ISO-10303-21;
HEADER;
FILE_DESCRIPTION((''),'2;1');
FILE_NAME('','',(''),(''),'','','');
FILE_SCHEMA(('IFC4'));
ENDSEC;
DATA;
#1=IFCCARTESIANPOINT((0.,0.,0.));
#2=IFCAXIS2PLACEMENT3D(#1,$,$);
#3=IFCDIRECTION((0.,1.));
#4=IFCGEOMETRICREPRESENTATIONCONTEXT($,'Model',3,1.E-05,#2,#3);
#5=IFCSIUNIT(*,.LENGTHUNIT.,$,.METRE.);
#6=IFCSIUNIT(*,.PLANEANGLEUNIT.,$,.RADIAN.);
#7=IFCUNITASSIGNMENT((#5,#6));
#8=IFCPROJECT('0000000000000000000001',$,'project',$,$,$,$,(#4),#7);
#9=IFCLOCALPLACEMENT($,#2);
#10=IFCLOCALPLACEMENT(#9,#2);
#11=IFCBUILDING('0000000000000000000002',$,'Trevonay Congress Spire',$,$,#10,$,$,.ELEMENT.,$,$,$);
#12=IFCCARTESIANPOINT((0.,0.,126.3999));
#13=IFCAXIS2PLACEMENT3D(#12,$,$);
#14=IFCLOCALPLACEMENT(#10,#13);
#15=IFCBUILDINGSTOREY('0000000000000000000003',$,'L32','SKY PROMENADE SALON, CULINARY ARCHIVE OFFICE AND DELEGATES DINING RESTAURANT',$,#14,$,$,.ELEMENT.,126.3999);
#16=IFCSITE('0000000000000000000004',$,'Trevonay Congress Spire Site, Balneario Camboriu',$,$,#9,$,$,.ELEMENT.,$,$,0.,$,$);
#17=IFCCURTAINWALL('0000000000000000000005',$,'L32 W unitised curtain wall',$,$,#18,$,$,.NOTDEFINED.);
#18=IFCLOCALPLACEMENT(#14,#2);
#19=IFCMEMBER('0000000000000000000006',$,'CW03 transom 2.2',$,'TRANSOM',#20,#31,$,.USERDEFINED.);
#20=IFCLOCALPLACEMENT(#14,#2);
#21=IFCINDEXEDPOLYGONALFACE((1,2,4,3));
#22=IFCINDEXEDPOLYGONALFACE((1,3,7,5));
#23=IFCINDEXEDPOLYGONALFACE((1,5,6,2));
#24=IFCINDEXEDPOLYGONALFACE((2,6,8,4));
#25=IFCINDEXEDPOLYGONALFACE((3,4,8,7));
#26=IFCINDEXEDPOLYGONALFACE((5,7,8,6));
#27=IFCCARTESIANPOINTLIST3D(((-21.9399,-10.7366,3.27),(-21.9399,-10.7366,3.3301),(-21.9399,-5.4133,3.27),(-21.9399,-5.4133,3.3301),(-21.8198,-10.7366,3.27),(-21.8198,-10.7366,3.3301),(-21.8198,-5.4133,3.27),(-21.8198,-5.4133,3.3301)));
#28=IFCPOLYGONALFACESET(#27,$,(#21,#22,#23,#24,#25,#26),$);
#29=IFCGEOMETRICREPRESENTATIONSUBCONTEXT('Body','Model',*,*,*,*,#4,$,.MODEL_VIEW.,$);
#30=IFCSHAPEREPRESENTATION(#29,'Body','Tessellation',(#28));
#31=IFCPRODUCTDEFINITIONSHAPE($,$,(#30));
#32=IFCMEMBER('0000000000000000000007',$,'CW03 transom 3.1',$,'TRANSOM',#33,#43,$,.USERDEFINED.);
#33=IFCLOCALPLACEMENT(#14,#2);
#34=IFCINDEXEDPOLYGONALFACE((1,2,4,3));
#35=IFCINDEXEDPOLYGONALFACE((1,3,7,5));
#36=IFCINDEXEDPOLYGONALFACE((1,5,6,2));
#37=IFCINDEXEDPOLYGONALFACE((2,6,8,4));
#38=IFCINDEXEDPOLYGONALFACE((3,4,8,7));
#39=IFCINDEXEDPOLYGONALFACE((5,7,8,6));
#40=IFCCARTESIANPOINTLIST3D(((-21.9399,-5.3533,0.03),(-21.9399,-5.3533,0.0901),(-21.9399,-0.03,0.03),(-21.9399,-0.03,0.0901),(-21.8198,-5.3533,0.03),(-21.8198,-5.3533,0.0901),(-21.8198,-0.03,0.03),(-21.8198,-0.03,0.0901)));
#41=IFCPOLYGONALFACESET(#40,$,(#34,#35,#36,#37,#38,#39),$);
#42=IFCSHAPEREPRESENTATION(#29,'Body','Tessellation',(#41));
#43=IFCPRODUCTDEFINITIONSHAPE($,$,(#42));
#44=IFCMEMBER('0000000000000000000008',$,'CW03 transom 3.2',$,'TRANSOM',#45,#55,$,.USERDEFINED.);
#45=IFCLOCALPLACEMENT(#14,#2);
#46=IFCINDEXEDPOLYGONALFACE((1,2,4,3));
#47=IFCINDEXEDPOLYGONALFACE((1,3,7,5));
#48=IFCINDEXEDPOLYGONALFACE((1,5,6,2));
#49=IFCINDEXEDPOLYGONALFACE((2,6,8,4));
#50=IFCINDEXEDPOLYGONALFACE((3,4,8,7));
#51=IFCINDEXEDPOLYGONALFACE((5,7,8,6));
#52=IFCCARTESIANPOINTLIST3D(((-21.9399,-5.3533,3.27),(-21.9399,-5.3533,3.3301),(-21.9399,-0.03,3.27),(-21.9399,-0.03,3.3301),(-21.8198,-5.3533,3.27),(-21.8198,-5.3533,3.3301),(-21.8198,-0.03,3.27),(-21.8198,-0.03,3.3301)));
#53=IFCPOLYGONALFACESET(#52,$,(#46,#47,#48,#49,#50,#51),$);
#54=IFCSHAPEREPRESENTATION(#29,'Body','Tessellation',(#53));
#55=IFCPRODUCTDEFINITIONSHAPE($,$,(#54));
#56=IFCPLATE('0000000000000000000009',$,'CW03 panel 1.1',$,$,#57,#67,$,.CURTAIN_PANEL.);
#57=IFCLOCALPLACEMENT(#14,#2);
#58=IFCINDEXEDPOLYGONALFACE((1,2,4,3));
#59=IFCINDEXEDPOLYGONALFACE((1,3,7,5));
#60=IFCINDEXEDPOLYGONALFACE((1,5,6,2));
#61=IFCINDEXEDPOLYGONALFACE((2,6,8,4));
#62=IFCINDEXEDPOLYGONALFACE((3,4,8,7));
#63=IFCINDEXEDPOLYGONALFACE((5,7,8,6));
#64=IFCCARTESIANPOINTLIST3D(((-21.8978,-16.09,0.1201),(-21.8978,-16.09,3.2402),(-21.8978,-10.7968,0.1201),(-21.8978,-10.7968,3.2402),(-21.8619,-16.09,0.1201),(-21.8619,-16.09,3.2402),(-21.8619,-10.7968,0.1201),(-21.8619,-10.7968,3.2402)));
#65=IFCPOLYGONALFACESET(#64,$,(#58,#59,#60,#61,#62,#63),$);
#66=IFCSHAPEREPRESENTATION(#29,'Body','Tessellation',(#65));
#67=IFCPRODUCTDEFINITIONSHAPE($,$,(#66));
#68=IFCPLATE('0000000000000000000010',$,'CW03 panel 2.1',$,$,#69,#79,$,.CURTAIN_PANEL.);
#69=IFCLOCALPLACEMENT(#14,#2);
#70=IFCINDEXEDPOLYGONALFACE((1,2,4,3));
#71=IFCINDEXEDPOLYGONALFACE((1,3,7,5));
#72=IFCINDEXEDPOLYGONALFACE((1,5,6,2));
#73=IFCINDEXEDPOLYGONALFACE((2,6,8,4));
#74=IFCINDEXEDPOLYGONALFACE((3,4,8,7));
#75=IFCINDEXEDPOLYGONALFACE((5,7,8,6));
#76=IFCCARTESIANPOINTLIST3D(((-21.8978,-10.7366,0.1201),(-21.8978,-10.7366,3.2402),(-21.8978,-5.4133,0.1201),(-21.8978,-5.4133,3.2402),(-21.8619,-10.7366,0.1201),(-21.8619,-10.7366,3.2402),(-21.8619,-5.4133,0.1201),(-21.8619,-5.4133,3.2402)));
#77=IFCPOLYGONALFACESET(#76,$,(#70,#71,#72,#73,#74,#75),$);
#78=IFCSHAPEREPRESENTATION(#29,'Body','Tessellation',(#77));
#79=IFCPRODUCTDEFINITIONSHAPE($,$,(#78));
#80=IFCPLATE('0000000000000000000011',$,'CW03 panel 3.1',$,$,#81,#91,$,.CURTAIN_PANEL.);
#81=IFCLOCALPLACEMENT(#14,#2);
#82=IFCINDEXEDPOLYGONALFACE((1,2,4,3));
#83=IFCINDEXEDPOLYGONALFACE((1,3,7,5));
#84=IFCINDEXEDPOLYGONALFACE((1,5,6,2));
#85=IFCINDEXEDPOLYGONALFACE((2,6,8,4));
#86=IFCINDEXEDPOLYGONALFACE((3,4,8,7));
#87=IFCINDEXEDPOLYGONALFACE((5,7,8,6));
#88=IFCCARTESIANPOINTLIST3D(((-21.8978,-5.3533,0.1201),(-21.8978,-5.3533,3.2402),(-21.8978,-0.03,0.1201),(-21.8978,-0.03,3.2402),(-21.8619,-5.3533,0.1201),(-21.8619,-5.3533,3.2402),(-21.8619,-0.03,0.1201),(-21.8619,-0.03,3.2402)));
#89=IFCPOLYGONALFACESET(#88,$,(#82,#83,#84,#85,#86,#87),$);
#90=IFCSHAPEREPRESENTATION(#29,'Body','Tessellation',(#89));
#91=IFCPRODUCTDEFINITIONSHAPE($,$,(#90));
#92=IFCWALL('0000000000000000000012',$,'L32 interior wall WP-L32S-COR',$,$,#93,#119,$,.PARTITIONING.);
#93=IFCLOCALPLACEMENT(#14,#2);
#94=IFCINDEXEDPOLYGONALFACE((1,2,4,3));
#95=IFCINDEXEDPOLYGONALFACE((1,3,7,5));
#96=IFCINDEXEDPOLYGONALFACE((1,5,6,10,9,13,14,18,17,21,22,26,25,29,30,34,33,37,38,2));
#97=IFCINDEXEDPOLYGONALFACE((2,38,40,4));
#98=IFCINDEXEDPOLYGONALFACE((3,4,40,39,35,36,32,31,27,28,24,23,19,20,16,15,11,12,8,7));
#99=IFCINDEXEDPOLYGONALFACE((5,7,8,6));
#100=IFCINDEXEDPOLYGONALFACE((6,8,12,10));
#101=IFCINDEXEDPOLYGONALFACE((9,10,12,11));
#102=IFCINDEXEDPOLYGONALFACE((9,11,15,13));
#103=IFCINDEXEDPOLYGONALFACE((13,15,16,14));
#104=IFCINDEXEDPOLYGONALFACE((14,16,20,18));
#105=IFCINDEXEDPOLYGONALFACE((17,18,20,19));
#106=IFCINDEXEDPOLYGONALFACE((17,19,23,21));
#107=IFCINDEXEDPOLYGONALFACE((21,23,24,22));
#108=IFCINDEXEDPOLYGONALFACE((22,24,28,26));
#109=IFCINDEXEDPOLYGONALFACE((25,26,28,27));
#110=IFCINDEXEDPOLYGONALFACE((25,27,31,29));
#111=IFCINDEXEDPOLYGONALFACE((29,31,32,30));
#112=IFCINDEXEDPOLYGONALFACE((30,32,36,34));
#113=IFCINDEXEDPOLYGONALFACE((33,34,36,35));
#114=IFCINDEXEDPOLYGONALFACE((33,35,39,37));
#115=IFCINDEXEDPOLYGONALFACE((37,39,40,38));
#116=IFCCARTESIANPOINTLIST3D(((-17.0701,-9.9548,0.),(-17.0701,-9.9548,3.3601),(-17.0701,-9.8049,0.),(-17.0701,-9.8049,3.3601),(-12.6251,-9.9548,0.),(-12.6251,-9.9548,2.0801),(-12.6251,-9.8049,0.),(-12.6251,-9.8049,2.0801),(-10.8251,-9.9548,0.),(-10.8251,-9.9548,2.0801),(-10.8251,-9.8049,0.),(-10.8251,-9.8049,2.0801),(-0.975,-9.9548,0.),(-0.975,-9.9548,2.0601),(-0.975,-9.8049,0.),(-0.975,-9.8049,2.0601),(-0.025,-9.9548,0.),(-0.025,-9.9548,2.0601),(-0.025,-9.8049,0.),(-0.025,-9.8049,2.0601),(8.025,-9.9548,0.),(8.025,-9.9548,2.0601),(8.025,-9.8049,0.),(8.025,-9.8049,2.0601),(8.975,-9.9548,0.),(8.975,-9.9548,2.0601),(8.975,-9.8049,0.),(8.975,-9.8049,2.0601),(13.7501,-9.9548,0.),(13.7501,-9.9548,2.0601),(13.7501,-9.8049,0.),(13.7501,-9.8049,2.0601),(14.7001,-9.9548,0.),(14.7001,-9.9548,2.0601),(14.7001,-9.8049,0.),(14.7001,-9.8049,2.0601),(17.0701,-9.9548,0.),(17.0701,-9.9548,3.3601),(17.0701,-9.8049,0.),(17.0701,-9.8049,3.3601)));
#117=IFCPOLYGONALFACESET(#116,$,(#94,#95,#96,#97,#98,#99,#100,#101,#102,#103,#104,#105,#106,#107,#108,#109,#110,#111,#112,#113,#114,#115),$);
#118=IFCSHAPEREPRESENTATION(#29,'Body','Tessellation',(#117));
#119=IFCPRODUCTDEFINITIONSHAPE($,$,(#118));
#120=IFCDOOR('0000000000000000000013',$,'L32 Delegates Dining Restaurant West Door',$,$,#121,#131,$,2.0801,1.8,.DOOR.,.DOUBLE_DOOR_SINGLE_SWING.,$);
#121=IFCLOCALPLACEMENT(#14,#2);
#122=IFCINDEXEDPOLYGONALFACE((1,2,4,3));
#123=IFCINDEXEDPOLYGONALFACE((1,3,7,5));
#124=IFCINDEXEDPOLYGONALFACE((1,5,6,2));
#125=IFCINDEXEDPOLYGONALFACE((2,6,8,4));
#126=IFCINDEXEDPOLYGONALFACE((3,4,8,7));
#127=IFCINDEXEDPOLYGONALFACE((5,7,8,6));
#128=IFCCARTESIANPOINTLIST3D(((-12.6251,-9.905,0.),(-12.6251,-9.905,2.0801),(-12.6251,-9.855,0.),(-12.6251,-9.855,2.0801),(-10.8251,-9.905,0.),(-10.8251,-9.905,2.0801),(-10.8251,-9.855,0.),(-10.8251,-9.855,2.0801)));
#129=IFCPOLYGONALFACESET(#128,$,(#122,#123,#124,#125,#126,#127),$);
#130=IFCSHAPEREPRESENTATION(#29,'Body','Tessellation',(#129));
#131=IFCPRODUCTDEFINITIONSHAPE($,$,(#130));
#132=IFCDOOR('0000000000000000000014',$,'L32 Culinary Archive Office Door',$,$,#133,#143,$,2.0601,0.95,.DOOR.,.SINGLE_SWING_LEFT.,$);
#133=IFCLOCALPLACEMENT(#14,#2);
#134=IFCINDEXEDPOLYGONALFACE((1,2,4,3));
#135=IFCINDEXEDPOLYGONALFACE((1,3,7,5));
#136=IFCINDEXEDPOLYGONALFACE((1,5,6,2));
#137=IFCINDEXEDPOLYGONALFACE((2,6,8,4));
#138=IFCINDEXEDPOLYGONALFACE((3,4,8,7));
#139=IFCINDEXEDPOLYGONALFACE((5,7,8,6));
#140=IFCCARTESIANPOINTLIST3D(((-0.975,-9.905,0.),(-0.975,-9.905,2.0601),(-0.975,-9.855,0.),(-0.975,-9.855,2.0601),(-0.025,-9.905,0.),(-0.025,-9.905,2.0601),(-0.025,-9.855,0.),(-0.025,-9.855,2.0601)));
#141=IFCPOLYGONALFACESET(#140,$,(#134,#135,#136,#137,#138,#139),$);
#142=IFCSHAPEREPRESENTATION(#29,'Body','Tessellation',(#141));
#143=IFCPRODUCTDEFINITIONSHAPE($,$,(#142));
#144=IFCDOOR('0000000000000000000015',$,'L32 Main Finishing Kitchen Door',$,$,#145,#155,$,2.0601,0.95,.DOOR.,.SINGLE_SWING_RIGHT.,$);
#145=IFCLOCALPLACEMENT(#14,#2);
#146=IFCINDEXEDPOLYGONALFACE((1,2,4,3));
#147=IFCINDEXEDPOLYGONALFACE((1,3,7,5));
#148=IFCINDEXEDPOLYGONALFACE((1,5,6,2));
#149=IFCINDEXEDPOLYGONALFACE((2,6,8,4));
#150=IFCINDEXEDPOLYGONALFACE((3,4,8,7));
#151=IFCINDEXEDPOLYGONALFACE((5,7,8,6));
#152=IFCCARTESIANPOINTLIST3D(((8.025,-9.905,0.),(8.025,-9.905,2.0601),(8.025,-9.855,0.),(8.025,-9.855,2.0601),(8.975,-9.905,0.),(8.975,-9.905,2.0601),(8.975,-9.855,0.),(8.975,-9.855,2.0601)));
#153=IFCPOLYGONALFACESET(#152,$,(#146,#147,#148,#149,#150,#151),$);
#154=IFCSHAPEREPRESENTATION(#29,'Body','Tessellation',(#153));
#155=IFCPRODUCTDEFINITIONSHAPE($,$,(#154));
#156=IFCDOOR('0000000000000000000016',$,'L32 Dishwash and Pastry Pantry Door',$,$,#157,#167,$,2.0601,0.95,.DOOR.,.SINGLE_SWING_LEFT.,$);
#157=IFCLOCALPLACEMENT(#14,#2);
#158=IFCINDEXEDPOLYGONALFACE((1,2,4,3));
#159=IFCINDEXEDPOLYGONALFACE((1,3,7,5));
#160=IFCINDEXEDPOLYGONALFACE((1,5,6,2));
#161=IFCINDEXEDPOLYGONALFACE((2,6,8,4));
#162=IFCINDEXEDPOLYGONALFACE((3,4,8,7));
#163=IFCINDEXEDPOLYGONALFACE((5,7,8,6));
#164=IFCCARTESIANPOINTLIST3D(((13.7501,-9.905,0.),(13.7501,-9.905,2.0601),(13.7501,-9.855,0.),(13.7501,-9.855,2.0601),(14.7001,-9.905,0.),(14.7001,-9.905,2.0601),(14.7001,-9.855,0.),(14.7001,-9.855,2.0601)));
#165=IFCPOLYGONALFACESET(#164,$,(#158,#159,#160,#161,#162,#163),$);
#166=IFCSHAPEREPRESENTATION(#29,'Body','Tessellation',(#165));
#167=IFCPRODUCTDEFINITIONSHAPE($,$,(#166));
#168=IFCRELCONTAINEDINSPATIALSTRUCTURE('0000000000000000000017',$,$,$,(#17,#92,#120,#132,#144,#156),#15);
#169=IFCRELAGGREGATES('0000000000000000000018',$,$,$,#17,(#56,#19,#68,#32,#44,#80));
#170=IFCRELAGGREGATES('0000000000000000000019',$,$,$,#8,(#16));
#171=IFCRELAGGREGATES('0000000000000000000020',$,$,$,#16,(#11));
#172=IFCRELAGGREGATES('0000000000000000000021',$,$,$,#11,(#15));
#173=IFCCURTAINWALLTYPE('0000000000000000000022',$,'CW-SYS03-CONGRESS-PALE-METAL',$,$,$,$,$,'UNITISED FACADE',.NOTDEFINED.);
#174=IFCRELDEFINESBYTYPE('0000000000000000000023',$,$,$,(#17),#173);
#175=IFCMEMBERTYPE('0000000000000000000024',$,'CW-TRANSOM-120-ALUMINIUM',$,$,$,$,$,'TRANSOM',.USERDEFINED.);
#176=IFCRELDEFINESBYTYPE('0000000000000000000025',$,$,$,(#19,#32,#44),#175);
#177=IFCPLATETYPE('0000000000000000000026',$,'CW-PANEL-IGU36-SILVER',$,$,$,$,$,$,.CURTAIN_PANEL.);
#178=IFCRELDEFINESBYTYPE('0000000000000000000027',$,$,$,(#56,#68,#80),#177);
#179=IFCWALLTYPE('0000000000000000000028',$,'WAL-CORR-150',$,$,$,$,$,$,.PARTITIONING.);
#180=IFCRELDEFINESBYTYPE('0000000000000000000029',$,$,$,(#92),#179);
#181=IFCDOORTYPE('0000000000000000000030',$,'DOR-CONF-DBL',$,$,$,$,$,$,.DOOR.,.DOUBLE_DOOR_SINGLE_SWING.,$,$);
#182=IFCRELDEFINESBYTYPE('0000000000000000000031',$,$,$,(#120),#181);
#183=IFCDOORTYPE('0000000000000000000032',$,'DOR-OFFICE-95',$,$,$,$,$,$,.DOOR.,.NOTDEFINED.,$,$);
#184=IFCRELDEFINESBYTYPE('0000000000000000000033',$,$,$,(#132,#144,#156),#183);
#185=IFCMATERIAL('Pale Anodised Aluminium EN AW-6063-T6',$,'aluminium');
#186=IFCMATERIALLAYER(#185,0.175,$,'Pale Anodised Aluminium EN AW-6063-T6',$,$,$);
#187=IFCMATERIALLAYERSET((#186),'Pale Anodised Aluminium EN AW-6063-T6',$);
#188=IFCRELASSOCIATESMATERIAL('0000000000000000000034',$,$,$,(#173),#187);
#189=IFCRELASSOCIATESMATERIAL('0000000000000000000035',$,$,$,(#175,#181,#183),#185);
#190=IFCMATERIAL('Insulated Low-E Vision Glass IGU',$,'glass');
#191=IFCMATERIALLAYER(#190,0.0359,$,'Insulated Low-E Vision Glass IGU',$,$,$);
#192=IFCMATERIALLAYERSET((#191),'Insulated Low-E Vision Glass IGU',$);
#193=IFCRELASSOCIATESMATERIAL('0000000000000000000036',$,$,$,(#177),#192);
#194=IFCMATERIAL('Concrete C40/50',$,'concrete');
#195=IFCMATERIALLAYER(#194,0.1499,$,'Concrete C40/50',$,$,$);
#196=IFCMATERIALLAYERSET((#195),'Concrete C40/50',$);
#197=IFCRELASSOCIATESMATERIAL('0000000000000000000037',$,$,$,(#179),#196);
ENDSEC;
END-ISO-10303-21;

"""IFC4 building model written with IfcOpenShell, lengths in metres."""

from ifc_helpers import new_model, si_unit, direction, frame, frame_2d, origin, origin_2d, place, context, subcontext, project, spatial, rectangle, extrude, material, layer, layer_set, material_profile, profile_set, type_object, element, fill, aggregate, save


model = new_model("IFC4")

# Units and contexts
model_context = context("Model", 3, precision=1e-05, world=origin(), true_north=direction((0.0, 1.0)))
body_context = subcontext(model_context, "Body", "Model", "MODEL_VIEW")
ifc_project = project(units=[si_unit("LENGTHUNIT", "METRE"), si_unit("PLANEANGLEUNIT", "RADIAN")], contexts=[model_context])

# Site, building, storey
site_placement = place(None, origin())
site = spatial("IfcSite", under=ifc_project, at=site_placement, Name="Trevonay Congress Spire Site, Balneario Camboriu", CompositionType="ELEMENT", RefElevation=0.0)
building_placement = place(site_placement, origin())
building = spatial("IfcBuilding", under=site, at=building_placement, Name="Trevonay Congress Spire", CompositionType="ELEMENT")
storey_placement = place(building_placement, frame((0.0, 0.0, 126.3999)))
storey = spatial("IfcBuildingStorey", under=building, at=storey_placement, Name="L32", Description="SKY PROMENADE SALON, CULINARY ARCHIVE OFFICE AND DELEGATES DINING RESTAURANT", CompositionType="ELEMENT", Elevation=126.3999)

# Curtain wall, members, plates
ifc_material_1 = material(Name="Pale Anodised Aluminium EN AW-6063-T6", Category="aluminium")
ifc_layer_1 = layer(ifc_material_1, 0.175, Name="Pale Anodised Aluminium EN AW-6063-T6")
ifc_layer_set_1 = layer_set([ifc_layer_1], Name="Pale Anodised Aluminium EN AW-6063-T6")
curtain_wall_type = type_object("IfcCurtainWallType", Name="CW-SYS03-CONGRESS-PALE-METAL", ElementType="UNITISED FACADE", PredefinedType="NOTDEFINED", material=ifc_layer_set_1)
curtain_wall_placement = place(storey_placement, origin())
curtain_wall = element("IfcCurtainWall", 1, at=curtain_wall_placement, inside=storey, type_object=curtain_wall_type, Name="L32 W unitised curtain wall", PredefinedType="NOTDEFINED")
ifc_material_profile_1 = material_profile(ifc_material_1, rectangle(XDim=0.1201, YDim=0.0601, at=origin_2d()), Name="CW-TRANSOM-120-ALUMINIUM")
ifc_profile_set_1 = profile_set([ifc_material_profile_1], Name="Pale Anodised Aluminium EN AW-6063-T6")
member_type_1 = type_object("IfcMemberType", Name="CW-TRANSOM-120-ALUMINIUM", ElementType="TRANSOM", PredefinedType="USERDEFINED", material=ifc_profile_set_1)
member_1_placement = place(storey_placement, frame((-21.8799, -10.7366, 3.3), z_axis=(0.0, 1.0, 0.0), x_axis=(-1.0, 0.0, 0.0)))
member_1 = element("IfcMember", 2, at=member_1_placement, type_object=member_type_1, Name="CW03 transom 2.2", ObjectType="TRANSOM", PredefinedType="USERDEFINED", context=body_context, shape_type="SweptSolid", body=[
    extrude(rectangle(XDim=0.1201, YDim=0.0601, at=origin_2d()), origin(), (0.0, 0.0, 1.0), 5.3232),
])
member_2_placement = place(storey_placement, frame((-21.8799, -5.3533, 0.0601), z_axis=(0.0, 1.0, 0.0), x_axis=(-1.0, 0.0, 0.0)))
member_2 = element("IfcMember", 3, at=member_2_placement, type_object=member_type_1, Name="CW03 transom 3.1", ObjectType="TRANSOM", PredefinedType="USERDEFINED", context=body_context, shape_type="SweptSolid", body=[
    extrude(rectangle(XDim=0.1201, YDim=0.0601, at=origin_2d()), origin(), (0.0, 0.0, 1.0), 5.3232),
])
member_3_placement = place(storey_placement, frame((-21.8799, -5.3533, 3.3), z_axis=(0.0, 1.0, 0.0), x_axis=(-1.0, 0.0, 0.0)))
member_3 = element("IfcMember", 4, at=member_3_placement, type_object=member_type_1, Name="CW03 transom 3.2", ObjectType="TRANSOM", PredefinedType="USERDEFINED", context=body_context, shape_type="SweptSolid", body=[
    extrude(rectangle(XDim=0.1201, YDim=0.0601, at=origin_2d()), origin(), (0.0, 0.0, 1.0), 5.3232),
])
ifc_material_2 = material(Name="Insulated Low-E Vision Glass IGU", Category="glass")
ifc_layer_2 = layer(ifc_material_2, 0.0359, Name="Insulated Low-E Vision Glass IGU")
ifc_layer_set_2 = layer_set([ifc_layer_2], Name="Insulated Low-E Vision Glass IGU")
plate_type = type_object("IfcPlateType", Name="CW-PANEL-IGU36-SILVER", PredefinedType="CURTAIN_PANEL", material=ifc_layer_set_2)
plate_1_placement = place(storey_placement, frame((-21.8799, -13.4434, 0.1201), z_axis=(0.0, 0.0, 1.0), x_axis=(0.0, 1.0, 0.0)))
plate_1 = element("IfcPlate", 5, at=plate_1_placement, type_object=plate_type, Name="CW03 panel 1.1", PredefinedType="CURTAIN_PANEL", context=body_context, shape_type="SweptSolid", body=[
    extrude(rectangle(XDim=5.2932, YDim=0.0359, at=origin_2d()), origin(), (0.0, 0.0, 1.0), 3.1201),
])
plate_2_placement = place(storey_placement, frame((-21.8799, -8.075, 0.1201), z_axis=(0.0, 0.0, 1.0), x_axis=(0.0, 1.0, 0.0)))
plate_2 = element("IfcPlate", 6, at=plate_2_placement, type_object=plate_type, Name="CW03 panel 2.1", PredefinedType="CURTAIN_PANEL", context=body_context, shape_type="SweptSolid", body=[
    extrude(rectangle(XDim=5.3232, YDim=0.0359, at=origin_2d()), origin(), (0.0, 0.0, 1.0), 3.1201),
])
plate_3_placement = place(storey_placement, frame((-21.8799, -2.6917, 0.1201), z_axis=(0.0, 0.0, 1.0), x_axis=(0.0, 1.0, 0.0)))
plate_3 = element("IfcPlate", 7, at=plate_3_placement, type_object=plate_type, Name="CW03 panel 3.1", PredefinedType="CURTAIN_PANEL", context=body_context, shape_type="SweptSolid", body=[
    extrude(rectangle(XDim=5.3232, YDim=0.0359, at=origin_2d()), origin(), (0.0, 0.0, 1.0), 3.1201),
])
aggregate(curtain_wall, [plate_1, member_1, plate_2, member_2, member_3, plate_3])

# Wall, openings, doors
ifc_material_3 = material(Name="Concrete C40/50", Category="concrete")
ifc_layer_3 = layer(ifc_material_3, 0.1499, Name="Concrete C40/50")
ifc_layer_set_3 = layer_set([ifc_layer_3], Name="Concrete C40/50")
wall_type_1 = type_object("IfcWallType", Name="WAL-CORR-150", PredefinedType="PARTITIONING", material=ifc_layer_set_3)
wall_1_placement = place(storey_placement, frame((-17.0701, -9.8799, 0.0), z_axis=(0.0, 0.0, 1.0), x_axis=(1.0, 0.0, 0.0)))
wall_1 = element("IfcWall", 8, at=wall_1_placement, inside=storey, type_object=wall_type_1, Name="L32 interior wall WP-L32S-COR", PredefinedType="PARTITIONING", context=body_context, shape_type="SweptSolid", body=[
    extrude(rectangle(XDim=34.1401, YDim=0.1499, at=frame_2d((17.0701, 0.0))), origin(), (0.0, 0.0, 1.0), 3.3601),
])
opening_1_placement = place(wall_1_placement, frame((4.4451, 0.0, 0.0)))
opening_1 = element("IfcOpeningElement", 9, at=opening_1_placement, cuts=wall_1, PredefinedType="OPENING", context=body_context, shape_type="SweptSolid", body=[
    extrude(rectangle(XDim=1.8, YDim=2.0801, at=frame_2d((0.8999, 1.04))), frame((0.0, 0.085, 0.0), z_axis=(0.0, -1.0, 0.0), x_axis=(1.0, 0.0, 0.0)), (0.0, 0.0, 1.0), 0.1699),
])
opening_2_placement = place(wall_1_placement, frame((16.095, 0.0, 0.0)))
opening_2 = element("IfcOpeningElement", 10, at=opening_2_placement, cuts=wall_1, PredefinedType="OPENING", context=body_context, shape_type="SweptSolid", body=[
    extrude(rectangle(XDim=0.95, YDim=2.0601, at=frame_2d((0.4751, 1.03))), frame((0.0, 0.085, 0.0), z_axis=(0.0, -1.0, 0.0), x_axis=(1.0, 0.0, 0.0)), (0.0, 0.0, 1.0), 0.1699),
])
opening_3_placement = place(wall_1_placement, frame((25.095, 0.0, 0.0)))
opening_3 = element("IfcOpeningElement", 11, at=opening_3_placement, cuts=wall_1, PredefinedType="OPENING", context=body_context, shape_type="SweptSolid", body=[
    extrude(rectangle(XDim=0.95, YDim=2.0601, at=frame_2d((0.4751, 1.03))), frame((0.0, 0.085, 0.0), z_axis=(0.0, -1.0, 0.0), x_axis=(1.0, 0.0, 0.0)), (0.0, 0.0, 1.0), 0.1699),
])
opening_4_placement = place(wall_1_placement, frame((30.8201, 0.0, 0.0)))
opening_4 = element("IfcOpeningElement", 12, at=opening_4_placement, cuts=wall_1, PredefinedType="OPENING", context=body_context, shape_type="SweptSolid", body=[
    extrude(rectangle(XDim=0.95, YDim=2.0601, at=frame_2d((0.4751, 1.03))), frame((0.0, 0.085, 0.0), z_axis=(0.0, -1.0, 0.0), x_axis=(1.0, 0.0, 0.0)), (0.0, 0.0, 1.0), 0.1699),
])
door_type_1 = type_object("IfcDoorType", Name="DOR-CONF-DBL", OperationType="DOUBLE_DOOR_SINGLE_SWING", PredefinedType="DOOR", material=ifc_material_1)
door_1_placement = place(opening_1_placement, origin())
door_1 = element("IfcDoor", 13, at=door_1_placement, inside=storey, type_object=door_type_1, Name="L32 Delegates Dining Restaurant West Door", OperationType="DOUBLE_DOOR_SINGLE_SWING", OverallHeight=2.0801, OverallWidth=1.8, PredefinedType="DOOR", context=body_context, shape_type="SweptSolid", body=[
    extrude(rectangle(XDim=1.8, YDim=2.0801, at=frame_2d((0.8999, 1.04))), frame((0.0, 0.0249, 0.0), z_axis=(0.0, -1.0, 0.0), x_axis=(1.0, 0.0, 0.0)), (0.0, 0.0, 1.0), 0.05),
])
fill(opening_1, door_1)
door_type_2 = type_object("IfcDoorType", Name="DOR-OFFICE-95", OperationType="NOTDEFINED", PredefinedType="DOOR", material=ifc_material_1)
door_2_placement = place(opening_2_placement, origin())
door_2 = element("IfcDoor", 14, at=door_2_placement, inside=storey, type_object=door_type_2, Name="L32 Culinary Archive Office Door", OperationType="SINGLE_SWING_LEFT", OverallHeight=2.0601, OverallWidth=0.95, PredefinedType="DOOR", context=body_context, shape_type="SweptSolid", body=[
    extrude(rectangle(XDim=0.95, YDim=2.0601, at=frame_2d((0.4751, 1.03))), frame((0.0, 0.0249, 0.0), z_axis=(0.0, -1.0, 0.0), x_axis=(1.0, 0.0, 0.0)), (0.0, 0.0, 1.0), 0.05),
])
fill(opening_2, door_2)
door_3_placement = place(opening_3_placement, origin())
door_3 = element("IfcDoor", 15, at=door_3_placement, inside=storey, type_object=door_type_2, Name="L32 Main Finishing Kitchen Door", OperationType="SINGLE_SWING_RIGHT", OverallHeight=2.0601, OverallWidth=0.95, PredefinedType="DOOR", context=body_context, shape_type="SweptSolid", body=[
    extrude(rectangle(XDim=0.95, YDim=2.0601, at=frame_2d((0.4751, 1.03))), frame((0.0, 0.0249, 0.0), z_axis=(0.0, -1.0, 0.0), x_axis=(1.0, 0.0, 0.0)), (0.0, 0.0, 1.0), 0.05),
])
fill(opening_3, door_3)
door_4_placement = place(opening_4_placement, origin())
door_4 = element("IfcDoor", 16, at=door_4_placement, inside=storey, type_object=door_type_2, Name="L32 Dishwash and Pastry Pantry Door", OperationType="SINGLE_SWING_LEFT", OverallHeight=2.0601, OverallWidth=0.95, PredefinedType="DOOR", context=body_context, shape_type="SweptSolid", body=[
    extrude(rectangle(XDim=0.95, YDim=2.0601, at=frame_2d((0.4751, 1.03))), frame((0.0, 0.0249, 0.0), z_axis=(0.0, -1.0, 0.0), x_axis=(1.0, 0.0, 0.0)), (0.0, 0.0, 1.0), 0.05),
])
fill(opening_4, door_4)

save(model, "model.ifc")
